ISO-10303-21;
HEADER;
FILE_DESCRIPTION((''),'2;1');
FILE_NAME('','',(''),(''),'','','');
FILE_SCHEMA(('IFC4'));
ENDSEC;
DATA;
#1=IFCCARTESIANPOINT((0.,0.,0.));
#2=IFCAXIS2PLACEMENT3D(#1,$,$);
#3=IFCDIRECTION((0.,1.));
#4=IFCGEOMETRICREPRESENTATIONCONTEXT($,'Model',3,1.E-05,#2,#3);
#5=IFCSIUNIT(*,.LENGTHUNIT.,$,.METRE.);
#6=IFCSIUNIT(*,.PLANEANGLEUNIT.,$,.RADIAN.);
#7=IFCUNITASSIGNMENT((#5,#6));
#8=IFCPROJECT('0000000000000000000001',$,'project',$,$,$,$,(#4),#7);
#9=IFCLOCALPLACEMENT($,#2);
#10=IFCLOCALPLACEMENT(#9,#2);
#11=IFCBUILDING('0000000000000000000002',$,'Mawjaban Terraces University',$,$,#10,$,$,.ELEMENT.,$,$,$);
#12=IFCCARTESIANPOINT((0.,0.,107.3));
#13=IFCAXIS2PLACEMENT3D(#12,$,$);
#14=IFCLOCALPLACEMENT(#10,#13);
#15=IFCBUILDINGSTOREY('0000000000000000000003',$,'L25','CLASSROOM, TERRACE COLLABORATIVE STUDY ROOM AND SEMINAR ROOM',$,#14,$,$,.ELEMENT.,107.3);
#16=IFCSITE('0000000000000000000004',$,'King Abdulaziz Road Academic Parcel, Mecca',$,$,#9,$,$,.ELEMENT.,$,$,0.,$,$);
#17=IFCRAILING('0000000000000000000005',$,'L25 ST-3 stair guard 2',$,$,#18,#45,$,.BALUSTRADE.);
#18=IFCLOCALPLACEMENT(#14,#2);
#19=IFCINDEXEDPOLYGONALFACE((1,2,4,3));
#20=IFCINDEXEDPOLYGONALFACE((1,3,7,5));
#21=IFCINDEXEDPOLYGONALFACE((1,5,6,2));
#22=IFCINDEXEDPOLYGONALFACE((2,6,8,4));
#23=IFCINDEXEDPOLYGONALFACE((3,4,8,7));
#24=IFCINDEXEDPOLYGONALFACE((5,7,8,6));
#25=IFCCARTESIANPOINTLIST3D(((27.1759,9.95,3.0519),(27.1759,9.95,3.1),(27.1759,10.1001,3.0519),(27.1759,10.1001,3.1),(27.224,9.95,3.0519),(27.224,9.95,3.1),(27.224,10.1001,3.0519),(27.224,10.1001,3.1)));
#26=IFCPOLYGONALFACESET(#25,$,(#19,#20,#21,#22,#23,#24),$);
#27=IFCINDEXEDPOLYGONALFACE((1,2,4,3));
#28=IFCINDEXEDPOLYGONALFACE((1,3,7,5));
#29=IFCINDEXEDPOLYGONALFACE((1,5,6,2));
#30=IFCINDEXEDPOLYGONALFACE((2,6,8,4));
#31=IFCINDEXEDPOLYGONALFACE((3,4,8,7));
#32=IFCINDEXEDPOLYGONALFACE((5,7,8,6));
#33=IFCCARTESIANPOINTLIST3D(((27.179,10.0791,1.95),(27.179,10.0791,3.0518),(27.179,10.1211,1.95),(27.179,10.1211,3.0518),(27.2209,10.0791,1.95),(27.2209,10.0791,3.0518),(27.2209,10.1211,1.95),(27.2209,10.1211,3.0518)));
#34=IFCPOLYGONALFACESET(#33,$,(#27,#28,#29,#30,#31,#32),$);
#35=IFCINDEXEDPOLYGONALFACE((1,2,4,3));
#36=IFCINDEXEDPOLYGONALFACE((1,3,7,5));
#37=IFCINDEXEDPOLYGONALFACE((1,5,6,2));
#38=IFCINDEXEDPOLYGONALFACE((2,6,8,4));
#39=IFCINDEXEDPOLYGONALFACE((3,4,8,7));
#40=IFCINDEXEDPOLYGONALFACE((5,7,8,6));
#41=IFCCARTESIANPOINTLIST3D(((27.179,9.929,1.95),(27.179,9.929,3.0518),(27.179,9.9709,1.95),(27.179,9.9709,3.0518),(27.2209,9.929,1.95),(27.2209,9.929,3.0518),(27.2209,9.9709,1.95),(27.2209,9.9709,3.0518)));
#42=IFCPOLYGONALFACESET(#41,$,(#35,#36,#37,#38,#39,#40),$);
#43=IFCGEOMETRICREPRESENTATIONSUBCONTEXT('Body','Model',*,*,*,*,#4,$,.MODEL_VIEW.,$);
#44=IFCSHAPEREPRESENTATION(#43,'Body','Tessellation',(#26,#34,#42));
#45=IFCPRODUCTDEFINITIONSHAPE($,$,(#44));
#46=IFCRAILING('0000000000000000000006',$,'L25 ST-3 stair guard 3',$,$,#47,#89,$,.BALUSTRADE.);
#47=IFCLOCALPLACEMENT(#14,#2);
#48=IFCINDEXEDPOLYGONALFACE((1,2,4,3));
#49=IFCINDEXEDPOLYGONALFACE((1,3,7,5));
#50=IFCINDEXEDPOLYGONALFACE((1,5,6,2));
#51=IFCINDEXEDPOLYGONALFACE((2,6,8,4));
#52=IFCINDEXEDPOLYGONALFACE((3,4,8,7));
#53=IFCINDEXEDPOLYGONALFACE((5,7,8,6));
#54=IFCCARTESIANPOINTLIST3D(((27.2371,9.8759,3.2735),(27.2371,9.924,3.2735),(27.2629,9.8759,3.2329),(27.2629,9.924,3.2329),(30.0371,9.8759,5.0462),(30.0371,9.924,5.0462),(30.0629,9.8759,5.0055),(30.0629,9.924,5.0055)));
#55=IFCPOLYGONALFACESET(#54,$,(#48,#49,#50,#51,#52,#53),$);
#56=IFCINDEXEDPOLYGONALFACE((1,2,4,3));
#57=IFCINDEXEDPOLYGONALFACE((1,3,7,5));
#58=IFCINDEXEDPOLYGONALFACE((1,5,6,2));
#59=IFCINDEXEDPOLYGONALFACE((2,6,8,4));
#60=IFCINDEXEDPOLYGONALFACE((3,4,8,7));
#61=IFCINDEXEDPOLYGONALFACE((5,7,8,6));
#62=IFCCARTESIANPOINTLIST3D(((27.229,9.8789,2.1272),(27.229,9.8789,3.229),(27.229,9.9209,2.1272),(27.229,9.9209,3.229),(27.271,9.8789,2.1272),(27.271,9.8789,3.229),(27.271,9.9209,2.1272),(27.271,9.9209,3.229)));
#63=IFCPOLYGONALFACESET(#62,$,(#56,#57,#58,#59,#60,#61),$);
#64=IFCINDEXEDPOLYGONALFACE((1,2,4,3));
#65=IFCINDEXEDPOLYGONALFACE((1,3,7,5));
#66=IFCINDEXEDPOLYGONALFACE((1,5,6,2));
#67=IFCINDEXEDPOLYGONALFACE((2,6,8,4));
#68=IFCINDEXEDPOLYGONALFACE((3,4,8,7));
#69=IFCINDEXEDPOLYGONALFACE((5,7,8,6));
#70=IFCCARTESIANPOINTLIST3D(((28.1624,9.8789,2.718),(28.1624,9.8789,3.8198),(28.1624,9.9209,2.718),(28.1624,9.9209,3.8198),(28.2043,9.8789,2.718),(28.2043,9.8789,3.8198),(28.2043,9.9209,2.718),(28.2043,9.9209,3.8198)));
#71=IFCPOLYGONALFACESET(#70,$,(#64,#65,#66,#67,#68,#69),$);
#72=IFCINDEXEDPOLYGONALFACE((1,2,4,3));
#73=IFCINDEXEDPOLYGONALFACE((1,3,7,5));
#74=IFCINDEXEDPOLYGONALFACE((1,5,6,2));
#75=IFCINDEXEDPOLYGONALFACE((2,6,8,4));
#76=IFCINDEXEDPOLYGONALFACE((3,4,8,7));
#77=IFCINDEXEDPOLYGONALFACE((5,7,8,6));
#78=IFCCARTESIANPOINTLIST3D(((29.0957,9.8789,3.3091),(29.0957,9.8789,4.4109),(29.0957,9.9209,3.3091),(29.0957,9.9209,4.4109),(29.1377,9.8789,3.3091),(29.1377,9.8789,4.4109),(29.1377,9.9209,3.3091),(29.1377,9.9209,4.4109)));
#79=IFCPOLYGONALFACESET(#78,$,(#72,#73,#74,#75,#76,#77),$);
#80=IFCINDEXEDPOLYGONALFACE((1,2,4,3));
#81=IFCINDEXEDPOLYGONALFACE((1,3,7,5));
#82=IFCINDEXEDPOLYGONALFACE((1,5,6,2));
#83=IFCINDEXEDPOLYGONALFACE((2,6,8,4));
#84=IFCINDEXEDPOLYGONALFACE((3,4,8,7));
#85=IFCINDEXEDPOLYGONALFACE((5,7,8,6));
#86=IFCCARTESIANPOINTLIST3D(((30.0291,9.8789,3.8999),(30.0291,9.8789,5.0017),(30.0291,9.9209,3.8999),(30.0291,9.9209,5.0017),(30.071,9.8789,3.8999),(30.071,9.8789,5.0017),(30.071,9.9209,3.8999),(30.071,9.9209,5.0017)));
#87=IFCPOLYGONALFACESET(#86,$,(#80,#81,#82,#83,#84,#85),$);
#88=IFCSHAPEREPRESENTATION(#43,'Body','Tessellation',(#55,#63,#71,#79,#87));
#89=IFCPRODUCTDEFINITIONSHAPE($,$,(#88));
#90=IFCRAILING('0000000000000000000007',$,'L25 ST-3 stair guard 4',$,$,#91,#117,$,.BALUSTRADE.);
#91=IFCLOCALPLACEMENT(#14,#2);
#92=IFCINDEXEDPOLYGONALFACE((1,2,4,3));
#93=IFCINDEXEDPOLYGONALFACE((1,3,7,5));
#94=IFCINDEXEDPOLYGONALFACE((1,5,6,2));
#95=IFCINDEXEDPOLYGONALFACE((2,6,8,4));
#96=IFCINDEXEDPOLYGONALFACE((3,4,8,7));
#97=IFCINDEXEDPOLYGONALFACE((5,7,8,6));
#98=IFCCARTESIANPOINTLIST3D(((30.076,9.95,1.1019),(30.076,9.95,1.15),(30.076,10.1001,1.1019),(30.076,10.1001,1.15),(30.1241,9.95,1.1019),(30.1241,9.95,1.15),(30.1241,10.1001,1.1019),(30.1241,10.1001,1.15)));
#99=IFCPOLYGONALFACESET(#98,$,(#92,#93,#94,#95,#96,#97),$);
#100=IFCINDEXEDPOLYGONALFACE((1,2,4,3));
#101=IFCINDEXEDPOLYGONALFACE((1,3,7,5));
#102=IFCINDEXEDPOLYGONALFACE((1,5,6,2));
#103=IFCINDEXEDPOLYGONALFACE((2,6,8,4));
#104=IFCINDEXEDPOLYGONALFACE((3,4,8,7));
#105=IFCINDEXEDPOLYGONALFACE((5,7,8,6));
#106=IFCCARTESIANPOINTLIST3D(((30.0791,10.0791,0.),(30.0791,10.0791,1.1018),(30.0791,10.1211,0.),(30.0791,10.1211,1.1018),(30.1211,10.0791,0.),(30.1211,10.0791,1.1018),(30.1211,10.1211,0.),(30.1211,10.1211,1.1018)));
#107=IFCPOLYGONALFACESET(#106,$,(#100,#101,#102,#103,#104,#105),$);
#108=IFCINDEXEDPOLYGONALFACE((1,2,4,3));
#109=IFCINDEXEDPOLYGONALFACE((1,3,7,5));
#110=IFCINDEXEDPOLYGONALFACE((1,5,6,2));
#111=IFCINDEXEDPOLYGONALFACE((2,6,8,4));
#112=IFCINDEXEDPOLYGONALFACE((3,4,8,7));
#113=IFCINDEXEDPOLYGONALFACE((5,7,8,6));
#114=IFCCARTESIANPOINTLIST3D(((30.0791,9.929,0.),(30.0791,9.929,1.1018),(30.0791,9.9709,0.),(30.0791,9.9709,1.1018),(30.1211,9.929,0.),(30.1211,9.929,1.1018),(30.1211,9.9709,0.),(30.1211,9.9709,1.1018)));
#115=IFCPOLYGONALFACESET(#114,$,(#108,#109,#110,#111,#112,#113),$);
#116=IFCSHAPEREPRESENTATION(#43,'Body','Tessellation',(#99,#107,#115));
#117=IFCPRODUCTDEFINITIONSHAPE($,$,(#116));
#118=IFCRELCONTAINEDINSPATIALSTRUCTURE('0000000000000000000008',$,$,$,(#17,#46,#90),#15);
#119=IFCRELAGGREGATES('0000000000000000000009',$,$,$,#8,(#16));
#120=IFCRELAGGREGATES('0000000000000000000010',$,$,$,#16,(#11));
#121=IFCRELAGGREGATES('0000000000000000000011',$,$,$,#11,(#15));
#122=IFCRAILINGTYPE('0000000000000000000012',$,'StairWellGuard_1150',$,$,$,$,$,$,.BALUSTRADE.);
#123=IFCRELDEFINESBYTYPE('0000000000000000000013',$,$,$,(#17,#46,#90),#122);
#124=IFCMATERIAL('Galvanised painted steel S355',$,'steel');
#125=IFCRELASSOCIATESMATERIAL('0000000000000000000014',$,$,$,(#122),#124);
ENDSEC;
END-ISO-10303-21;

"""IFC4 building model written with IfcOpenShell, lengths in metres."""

from ifc_helpers import new_model, si_unit, direction, frame, origin, origin_2d, place, context, subcontext, project, spatial, rectangle, extrude, material, type_object, element, save


model = new_model("IFC4")

# Units and contexts
model_context = context("Model", 3, precision=1e-05, world=origin(), true_north=direction((0.0, 1.0)))
body_context = subcontext(model_context, "Body", "Model", "MODEL_VIEW")
ifc_project = project(units=[si_unit("LENGTHUNIT", "METRE"), si_unit("PLANEANGLEUNIT", "RADIAN")], contexts=[model_context])

# Site, building, storey
site_placement = place(None, origin())
site = spatial("IfcSite", under=ifc_project, at=site_placement, Name="King Abdulaziz Road Academic Parcel, Mecca", CompositionType="ELEMENT", RefElevation=0.0)
building_placement = place(site_placement, origin())
building = spatial("IfcBuilding", under=site, at=building_placement, Name="Mawjaban Terraces University", CompositionType="ELEMENT")
storey_placement = place(building_placement, frame((0.0, 0.0, 107.3)))
storey = spatial("IfcBuildingStorey", under=building, at=storey_placement, Name="L25", Description="CLASSROOM, TERRACE COLLABORATIVE STUDY ROOM AND SEMINAR ROOM", CompositionType="ELEMENT", Elevation=107.3)

# Railings
ifc_material_1 = material(Name="Galvanised painted steel S355", Category="steel")
railing_type_1 = type_object("IfcRailingType", Name="StairWellGuard_1150", PredefinedType="BALUSTRADE", material=ifc_material_1)
railing_1_placement = place(storey_placement, frame((27.2, 10.1001, 1.95)))
element("IfcRailing", 1, at=railing_1_placement, inside=storey, type_object=railing_type_1, Name="L25 ST-3 stair guard 2", PredefinedType="BALUSTRADE", context=body_context, shape_type="SweptSolid", body=[
    extrude(rectangle(XDim=0.0481, YDim=0.0481, at=origin_2d()), frame((0.0, 0.0, 1.126), z_axis=(0.0, -1.0, 0.0), x_axis=(1.0, 0.0, 0.0)), (0.0, 0.0, 1.0), 0.1501),
    extrude(rectangle(XDim=0.042, YDim=0.042, at=origin_2d()), origin(), (0.0, 0.0, 1.0), 1.1018),
    extrude(rectangle(XDim=0.042, YDim=0.042, at=origin_2d()), frame((0.0, -0.1501, 0.0)), (0.0, 0.0, 1.0), 1.1018),
])
railing_2_placement = place(storey_placement, frame((27.25, 9.8999, 2.1272)))
element("IfcRailing", 2, at=railing_2_placement, inside=storey, type_object=railing_type_1, Name="L25 ST-3 stair guard 3", PredefinedType="BALUSTRADE", context=body_context, shape_type="SweptSolid", body=[
    extrude(rectangle(XDim=0.0481, YDim=0.0481, at=origin_2d()), frame((0.0, 0.0, 1.126), z_axis=(0.844909, 0.0, 0.53491), x_axis=(0.0, 1.0, 0.0)), (0.0, 0.0, 1.0), 3.314),
    extrude(rectangle(XDim=0.042, YDim=0.042, at=origin_2d()), origin(), (0.0, 0.0, 1.0), 1.1018),
    extrude(rectangle(XDim=0.042, YDim=0.042, at=origin_2d()), frame((0.9333, 0.0, 0.5908)), (0.0, 0.0, 1.0), 1.1018),
    extrude(rectangle(XDim=0.042, YDim=0.042, at=origin_2d()), frame((1.8667, 0.0, 1.1819)), (0.0, 0.0, 1.0), 1.1018),
    extrude(rectangle(XDim=0.042, YDim=0.042, at=origin_2d()), frame((2.8, 0.0, 1.7727)), (0.0, 0.0, 1.0), 1.1018),
])
railing_3_placement = place(storey_placement, frame((30.1001, 10.1001, 0.0)))
element("IfcRailing", 3, at=railing_3_placement, inside=storey, type_object=railing_type_1, Name="L25 ST-3 stair guard 4", PredefinedType="BALUSTRADE", context=body_context, shape_type="SweptSolid", body=[
    extrude(rectangle(XDim=0.0481, YDim=0.0481, at=origin_2d()), frame((0.0, 0.0, 1.126), z_axis=(0.0, -1.0, 0.0), x_axis=(1.0, 0.0, 0.0)), (0.0, 0.0, 1.0), 0.1501),
    extrude(rectangle(XDim=0.042, YDim=0.042, at=origin_2d()), origin(), (0.0, 0.0, 1.0), 1.1018),
    extrude(rectangle(XDim=0.042, YDim=0.042, at=origin_2d()), frame((0.0, -0.1501, 0.0)), (0.0, 0.0, 1.0), 1.1018),
])

save(model, "model.ifc")
